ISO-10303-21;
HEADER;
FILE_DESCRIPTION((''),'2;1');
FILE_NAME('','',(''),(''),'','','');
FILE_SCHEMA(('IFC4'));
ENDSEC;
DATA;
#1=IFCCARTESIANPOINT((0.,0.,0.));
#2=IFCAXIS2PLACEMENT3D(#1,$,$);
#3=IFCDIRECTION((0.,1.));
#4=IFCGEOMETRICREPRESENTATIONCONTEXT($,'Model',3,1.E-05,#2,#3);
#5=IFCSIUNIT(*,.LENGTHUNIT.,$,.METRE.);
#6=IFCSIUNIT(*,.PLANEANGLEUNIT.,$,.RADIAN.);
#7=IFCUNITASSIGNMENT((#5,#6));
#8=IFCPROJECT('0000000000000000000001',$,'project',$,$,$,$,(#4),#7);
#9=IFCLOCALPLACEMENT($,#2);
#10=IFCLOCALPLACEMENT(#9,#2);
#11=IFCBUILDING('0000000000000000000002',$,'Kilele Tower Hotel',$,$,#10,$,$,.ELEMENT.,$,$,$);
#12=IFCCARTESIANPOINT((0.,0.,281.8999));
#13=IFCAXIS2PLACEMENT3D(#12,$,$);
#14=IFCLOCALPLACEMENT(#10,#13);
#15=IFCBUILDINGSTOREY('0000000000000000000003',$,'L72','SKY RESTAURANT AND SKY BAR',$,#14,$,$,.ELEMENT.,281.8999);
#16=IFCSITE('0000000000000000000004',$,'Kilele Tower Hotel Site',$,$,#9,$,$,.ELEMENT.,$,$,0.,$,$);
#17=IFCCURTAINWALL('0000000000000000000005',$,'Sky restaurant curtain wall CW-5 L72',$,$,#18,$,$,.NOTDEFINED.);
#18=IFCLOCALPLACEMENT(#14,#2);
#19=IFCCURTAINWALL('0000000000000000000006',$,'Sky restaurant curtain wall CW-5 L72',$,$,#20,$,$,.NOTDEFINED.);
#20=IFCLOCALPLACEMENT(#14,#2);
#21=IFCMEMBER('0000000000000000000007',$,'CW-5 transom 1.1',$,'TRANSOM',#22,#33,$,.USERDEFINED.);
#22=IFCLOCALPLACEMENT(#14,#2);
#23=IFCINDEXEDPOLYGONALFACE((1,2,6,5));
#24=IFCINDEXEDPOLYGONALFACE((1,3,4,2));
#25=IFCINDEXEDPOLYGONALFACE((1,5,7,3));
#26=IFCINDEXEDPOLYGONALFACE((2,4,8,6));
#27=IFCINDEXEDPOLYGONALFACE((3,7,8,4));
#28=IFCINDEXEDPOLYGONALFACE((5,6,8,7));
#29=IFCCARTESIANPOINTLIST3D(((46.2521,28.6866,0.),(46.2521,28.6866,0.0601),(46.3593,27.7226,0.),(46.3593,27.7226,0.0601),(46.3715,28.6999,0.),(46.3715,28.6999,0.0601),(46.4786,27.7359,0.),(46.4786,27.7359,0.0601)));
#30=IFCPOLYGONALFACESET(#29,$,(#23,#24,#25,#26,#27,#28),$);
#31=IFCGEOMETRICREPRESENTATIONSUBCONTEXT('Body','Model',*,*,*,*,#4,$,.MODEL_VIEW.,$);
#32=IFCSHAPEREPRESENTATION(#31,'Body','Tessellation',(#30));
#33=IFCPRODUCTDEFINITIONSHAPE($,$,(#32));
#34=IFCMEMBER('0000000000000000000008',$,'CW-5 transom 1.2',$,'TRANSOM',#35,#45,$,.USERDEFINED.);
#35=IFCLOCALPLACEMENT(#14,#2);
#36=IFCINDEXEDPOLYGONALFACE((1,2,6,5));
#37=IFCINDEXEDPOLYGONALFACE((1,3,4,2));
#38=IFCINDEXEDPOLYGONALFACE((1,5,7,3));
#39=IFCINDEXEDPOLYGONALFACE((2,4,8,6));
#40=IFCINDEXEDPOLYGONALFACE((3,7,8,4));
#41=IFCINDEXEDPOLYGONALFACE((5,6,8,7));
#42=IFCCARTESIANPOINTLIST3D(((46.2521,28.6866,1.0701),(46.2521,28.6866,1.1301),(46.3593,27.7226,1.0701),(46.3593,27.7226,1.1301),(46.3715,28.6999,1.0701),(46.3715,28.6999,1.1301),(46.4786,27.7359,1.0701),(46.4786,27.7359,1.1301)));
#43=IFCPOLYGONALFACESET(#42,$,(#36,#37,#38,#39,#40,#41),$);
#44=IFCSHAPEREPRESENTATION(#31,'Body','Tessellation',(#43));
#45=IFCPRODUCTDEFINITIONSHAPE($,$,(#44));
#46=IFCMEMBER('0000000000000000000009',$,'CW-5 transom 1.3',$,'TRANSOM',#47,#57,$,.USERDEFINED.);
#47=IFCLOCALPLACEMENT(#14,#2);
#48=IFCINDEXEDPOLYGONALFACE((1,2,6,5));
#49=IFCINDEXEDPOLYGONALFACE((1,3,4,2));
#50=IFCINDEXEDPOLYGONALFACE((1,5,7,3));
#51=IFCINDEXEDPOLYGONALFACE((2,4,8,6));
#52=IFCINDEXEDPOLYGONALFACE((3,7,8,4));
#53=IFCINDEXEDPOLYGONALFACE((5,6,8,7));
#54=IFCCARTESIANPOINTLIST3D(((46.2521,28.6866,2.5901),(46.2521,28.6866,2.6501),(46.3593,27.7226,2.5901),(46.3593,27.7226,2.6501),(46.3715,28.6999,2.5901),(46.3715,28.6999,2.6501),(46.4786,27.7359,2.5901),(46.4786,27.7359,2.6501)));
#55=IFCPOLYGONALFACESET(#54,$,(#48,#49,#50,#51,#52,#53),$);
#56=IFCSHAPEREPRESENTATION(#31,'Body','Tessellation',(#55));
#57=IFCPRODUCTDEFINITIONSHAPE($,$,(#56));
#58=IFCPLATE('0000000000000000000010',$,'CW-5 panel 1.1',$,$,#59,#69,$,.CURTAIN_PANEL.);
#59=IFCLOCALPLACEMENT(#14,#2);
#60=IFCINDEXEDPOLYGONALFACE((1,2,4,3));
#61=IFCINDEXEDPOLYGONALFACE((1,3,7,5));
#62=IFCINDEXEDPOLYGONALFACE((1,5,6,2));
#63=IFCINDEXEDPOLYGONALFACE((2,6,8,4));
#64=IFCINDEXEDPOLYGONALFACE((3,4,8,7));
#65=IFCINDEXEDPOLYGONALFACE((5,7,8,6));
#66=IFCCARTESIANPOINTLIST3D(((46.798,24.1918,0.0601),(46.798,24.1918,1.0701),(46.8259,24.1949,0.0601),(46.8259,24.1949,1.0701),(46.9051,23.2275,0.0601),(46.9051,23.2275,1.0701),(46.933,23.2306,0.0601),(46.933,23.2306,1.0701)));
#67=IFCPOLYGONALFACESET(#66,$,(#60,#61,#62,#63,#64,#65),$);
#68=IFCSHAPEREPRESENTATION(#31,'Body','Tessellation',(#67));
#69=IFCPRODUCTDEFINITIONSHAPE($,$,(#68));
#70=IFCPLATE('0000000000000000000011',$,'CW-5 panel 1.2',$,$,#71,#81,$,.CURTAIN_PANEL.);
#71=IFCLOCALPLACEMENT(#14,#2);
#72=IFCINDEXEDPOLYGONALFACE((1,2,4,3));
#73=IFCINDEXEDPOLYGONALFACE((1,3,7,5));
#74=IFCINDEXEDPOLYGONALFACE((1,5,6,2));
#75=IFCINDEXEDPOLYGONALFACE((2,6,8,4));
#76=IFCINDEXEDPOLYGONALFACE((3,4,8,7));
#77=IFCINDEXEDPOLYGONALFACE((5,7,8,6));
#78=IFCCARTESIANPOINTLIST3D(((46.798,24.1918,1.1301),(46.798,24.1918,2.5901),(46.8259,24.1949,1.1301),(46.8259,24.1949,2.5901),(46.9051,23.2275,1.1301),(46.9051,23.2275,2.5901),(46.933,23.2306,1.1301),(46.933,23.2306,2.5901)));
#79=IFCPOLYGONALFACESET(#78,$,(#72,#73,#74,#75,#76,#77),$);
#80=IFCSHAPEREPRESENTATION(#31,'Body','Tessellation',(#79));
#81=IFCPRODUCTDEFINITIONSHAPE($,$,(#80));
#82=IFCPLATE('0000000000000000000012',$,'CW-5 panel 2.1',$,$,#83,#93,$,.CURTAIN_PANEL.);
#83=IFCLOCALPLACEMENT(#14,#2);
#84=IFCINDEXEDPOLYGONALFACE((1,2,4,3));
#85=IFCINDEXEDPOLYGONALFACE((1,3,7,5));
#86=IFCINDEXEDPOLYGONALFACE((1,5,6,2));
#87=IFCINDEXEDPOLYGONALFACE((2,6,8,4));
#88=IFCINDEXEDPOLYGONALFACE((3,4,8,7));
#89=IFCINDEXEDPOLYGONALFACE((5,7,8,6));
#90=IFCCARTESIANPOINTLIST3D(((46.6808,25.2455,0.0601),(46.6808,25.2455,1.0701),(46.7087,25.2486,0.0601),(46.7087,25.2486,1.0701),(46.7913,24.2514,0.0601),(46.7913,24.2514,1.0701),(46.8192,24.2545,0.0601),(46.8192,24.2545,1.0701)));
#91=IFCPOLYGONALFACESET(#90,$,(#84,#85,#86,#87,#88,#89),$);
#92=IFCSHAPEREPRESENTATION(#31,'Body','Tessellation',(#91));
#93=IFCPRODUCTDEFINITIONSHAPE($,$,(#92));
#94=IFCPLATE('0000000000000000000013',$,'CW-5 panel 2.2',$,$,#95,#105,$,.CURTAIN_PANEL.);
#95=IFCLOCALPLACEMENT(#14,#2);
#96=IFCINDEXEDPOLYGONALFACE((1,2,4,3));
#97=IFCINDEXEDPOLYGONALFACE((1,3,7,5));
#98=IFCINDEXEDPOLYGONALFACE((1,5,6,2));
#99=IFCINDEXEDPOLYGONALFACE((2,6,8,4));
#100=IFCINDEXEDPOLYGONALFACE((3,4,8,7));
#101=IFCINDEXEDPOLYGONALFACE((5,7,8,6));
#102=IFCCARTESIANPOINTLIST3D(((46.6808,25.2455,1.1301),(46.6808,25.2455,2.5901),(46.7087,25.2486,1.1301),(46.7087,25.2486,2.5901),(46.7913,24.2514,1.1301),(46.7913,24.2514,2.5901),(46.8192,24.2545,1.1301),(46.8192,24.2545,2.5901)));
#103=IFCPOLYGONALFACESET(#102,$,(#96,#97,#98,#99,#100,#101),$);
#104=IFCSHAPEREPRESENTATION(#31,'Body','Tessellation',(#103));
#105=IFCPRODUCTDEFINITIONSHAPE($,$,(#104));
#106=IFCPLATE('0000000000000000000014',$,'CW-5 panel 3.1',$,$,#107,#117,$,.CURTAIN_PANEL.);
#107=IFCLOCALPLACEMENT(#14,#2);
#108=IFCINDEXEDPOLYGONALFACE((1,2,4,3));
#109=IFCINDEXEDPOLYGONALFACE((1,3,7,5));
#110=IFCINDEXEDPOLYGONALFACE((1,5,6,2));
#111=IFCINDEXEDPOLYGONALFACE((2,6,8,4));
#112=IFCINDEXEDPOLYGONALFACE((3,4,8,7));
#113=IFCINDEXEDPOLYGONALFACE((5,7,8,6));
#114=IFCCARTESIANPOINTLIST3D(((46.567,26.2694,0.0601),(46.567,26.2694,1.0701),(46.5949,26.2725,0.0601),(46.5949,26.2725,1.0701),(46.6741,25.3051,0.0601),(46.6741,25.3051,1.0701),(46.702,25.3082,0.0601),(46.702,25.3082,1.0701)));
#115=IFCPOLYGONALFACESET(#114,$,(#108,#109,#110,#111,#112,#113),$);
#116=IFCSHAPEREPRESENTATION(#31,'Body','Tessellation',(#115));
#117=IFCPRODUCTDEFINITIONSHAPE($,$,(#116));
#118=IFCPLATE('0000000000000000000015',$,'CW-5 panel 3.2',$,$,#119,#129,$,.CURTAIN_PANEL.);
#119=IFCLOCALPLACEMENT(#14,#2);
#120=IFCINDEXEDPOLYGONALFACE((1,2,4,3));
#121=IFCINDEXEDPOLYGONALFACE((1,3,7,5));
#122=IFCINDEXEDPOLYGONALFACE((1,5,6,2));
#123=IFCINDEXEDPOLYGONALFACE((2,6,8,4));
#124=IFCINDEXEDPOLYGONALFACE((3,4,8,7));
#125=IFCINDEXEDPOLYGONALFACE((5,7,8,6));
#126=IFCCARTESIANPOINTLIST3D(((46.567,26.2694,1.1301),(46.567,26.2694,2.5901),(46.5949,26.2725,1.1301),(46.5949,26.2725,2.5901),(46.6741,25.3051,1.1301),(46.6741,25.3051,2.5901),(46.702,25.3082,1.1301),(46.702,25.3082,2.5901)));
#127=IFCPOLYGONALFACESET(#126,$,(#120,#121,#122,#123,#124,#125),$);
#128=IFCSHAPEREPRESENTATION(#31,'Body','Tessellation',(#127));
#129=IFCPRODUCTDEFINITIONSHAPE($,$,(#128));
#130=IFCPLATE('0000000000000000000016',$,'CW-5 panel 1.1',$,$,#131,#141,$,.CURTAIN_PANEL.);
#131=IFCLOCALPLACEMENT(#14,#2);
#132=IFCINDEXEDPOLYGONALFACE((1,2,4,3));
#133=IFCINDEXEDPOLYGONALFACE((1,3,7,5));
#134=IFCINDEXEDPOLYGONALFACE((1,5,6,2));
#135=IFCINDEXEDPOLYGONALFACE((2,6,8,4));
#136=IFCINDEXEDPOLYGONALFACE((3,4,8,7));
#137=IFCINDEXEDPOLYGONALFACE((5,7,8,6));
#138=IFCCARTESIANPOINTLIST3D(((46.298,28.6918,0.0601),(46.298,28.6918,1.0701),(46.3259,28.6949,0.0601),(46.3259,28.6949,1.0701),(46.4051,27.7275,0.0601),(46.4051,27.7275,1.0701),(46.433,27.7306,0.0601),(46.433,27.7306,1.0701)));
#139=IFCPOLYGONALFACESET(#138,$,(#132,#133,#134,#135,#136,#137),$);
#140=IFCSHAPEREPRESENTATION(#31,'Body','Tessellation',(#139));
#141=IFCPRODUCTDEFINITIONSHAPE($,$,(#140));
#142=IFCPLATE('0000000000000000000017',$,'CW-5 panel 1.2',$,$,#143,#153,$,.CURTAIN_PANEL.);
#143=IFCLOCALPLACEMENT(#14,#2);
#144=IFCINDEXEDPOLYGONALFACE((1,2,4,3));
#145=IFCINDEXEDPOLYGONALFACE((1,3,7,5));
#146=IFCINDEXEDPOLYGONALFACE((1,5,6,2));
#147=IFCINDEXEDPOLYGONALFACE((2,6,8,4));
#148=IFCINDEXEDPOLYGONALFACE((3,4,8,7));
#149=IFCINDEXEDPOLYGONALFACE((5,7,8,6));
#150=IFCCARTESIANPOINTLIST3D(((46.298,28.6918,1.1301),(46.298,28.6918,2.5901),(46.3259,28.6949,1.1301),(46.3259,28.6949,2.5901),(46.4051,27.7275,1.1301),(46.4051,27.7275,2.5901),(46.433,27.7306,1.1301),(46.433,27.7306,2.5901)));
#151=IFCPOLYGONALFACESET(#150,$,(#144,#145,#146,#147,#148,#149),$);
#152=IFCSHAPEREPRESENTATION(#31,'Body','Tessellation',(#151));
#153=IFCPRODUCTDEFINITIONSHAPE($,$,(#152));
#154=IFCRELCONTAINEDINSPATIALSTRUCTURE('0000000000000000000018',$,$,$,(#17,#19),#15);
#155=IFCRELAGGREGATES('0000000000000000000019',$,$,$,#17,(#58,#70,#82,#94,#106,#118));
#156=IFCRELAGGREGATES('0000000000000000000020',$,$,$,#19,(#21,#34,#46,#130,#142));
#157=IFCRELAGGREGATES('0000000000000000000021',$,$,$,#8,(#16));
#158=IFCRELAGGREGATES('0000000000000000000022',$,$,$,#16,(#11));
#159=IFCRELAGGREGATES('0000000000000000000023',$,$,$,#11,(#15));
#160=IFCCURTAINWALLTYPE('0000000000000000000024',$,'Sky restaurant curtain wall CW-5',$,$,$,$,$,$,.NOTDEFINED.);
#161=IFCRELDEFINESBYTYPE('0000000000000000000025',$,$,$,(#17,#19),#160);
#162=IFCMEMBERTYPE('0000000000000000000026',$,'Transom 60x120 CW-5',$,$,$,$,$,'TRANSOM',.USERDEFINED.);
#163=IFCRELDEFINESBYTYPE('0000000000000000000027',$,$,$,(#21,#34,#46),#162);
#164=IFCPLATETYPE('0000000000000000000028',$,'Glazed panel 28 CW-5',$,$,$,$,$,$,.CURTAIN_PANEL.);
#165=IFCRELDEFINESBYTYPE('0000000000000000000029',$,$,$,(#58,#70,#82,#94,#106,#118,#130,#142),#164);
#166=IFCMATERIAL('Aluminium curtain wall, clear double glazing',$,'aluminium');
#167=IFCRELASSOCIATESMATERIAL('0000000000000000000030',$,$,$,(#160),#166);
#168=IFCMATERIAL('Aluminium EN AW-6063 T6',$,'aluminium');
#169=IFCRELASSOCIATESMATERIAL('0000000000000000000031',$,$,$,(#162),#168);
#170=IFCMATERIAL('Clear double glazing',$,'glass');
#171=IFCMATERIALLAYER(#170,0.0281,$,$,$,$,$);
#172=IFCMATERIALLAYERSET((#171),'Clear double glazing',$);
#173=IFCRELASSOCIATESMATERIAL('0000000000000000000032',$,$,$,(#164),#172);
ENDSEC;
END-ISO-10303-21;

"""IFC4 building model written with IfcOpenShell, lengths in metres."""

from ifc_helpers import new_model, si_unit, direction, frame, origin, origin_2d, place, context, subcontext, project, spatial, rectangle, extrude, material, layer, layer_set, material_profile, profile_set, type_object, element, aggregate, save


model = new_model("IFC4")

# Units and contexts
model_context = context("Model", 3, precision=1e-05, world=origin(), true_north=direction((0.0, 1.0)))
body_context = subcontext(model_context, "Body", "Model", "MODEL_VIEW")
ifc_project = project(units=[si_unit("LENGTHUNIT", "METRE"), si_unit("PLANEANGLEUNIT", "RADIAN")], contexts=[model_context])

# Site, building, storey
site_placement = place(None, origin())
site = spatial("IfcSite", under=ifc_project, at=site_placement, Name="Kilele Tower Hotel Site", CompositionType="ELEMENT", RefElevation=0.0)
building_placement = place(site_placement, origin())
building = spatial("IfcBuilding", under=site, at=building_placement, Name="Kilele Tower Hotel", CompositionType="ELEMENT")
storey_placement = place(building_placement, frame((0.0, 0.0, 281.8999)))
storey = spatial("IfcBuildingStorey", under=building, at=storey_placement, Name="L72", Description="SKY RESTAURANT AND SKY BAR", CompositionType="ELEMENT", Elevation=281.8999)

# Curtain walls
ifc_material_1 = material(Name="Aluminium curtain wall, clear double glazing", Category="aluminium")
curtain_wall_type = type_object("IfcCurtainWallType", Name="Sky restaurant curtain wall CW-5", PredefinedType="NOTDEFINED", material=ifc_material_1)
curtain_wall_1_placement = place(storey_placement, origin())
curtain_wall_1 = element("IfcCurtainWall", 1, at=curtain_wall_1_placement, inside=storey, type_object=curtain_wall_type, Name="Sky restaurant curtain wall CW-5 L72", PredefinedType="NOTDEFINED")
curtain_wall_2_placement = place(storey_placement, origin())
curtain_wall_2 = element("IfcCurtainWall", 2, at=curtain_wall_2_placement, inside=storey, type_object=curtain_wall_type, Name="Sky restaurant curtain wall CW-5 L72", PredefinedType="NOTDEFINED")

# Members
ifc_material_2 = material(Name="Aluminium EN AW-6063 T6", Category="aluminium")
ifc_material_profile_1 = material_profile(ifc_material_2, rectangle(XDim=0.1201, YDim=0.0601, at=origin_2d()))
ifc_profile_set_1 = profile_set([ifc_material_profile_1], Name="Aluminium EN AW-6063 T6")
member_type_1 = type_object("IfcMemberType", Name="Transom 60x120 CW-5", ElementType="TRANSOM", PredefinedType="USERDEFINED", material=ifc_profile_set_1)
member_1_placement = place(storey_placement, frame((46.4189, 27.7292, 0.03), z_axis=(-0.110487, 0.993878, 0.0), x_axis=(-0.993878, -0.110487, 0.0)))
member_1 = element("IfcMember", 3, at=member_1_placement, type_object=member_type_1, Name="CW-5 transom 1.1", ObjectType="TRANSOM", PredefinedType="USERDEFINED", context=body_context, shape_type="SweptSolid", body=[
    extrude(rectangle(XDim=0.1201, YDim=0.0601, at=origin_2d()), origin(), (0.0, 0.0, 1.0), 0.97),
])
member_2_placement = place(storey_placement, frame((46.4189, 27.7292, 1.1001), z_axis=(-0.110487, 0.993878, 0.0), x_axis=(-0.993878, -0.110487, 0.0)))
member_2 = element("IfcMember", 4, at=member_2_placement, type_object=member_type_1, Name="CW-5 transom 1.2", ObjectType="TRANSOM", PredefinedType="USERDEFINED", context=body_context, shape_type="SweptSolid", body=[
    extrude(rectangle(XDim=0.1201, YDim=0.0601, at=origin_2d()), origin(), (0.0, 0.0, 1.0), 0.97),
])
member_3_placement = place(storey_placement, frame((46.4189, 27.7292, 2.6201), z_axis=(-0.110487, 0.993878, 0.0), x_axis=(-0.993878, -0.110487, 0.0)))
member_3 = element("IfcMember", 5, at=member_3_placement, type_object=member_type_1, Name="CW-5 transom 1.3", ObjectType="TRANSOM", PredefinedType="USERDEFINED", context=body_context, shape_type="SweptSolid", body=[
    extrude(rectangle(XDim=0.1201, YDim=0.0601, at=origin_2d()), origin(), (0.0, 0.0, 1.0), 0.97),
])

# Plates
ifc_material_3 = material(Name="Clear double glazing", Category="glass")
ifc_layer = layer(ifc_material_3, 0.0281)
ifc_layer_set = layer_set([ifc_layer], Name="Clear double glazing")
plate_type = type_object("IfcPlateType", Name="Glazed panel 28 CW-5", PredefinedType="CURTAIN_PANEL", material=ifc_layer_set)
plate_1_placement = place(storey_placement, frame((46.8655, 23.7112, 0.0601), z_axis=(0.0, 0.0, 1.0), x_axis=(-0.110432, 0.993884, 0.0)))
plate_1 = element("IfcPlate", 6, at=plate_1_placement, type_object=plate_type, Name="CW-5 panel 1.1", PredefinedType="CURTAIN_PANEL", context=body_context, shape_type="SweptSolid", body=[
    extrude(rectangle(XDim=0.9702, YDim=0.0281, at=origin_2d()), origin(), (0.0, 0.0, 1.0), 1.01),
])
plate_2_placement = place(storey_placement, frame((46.8655, 23.7112, 1.1301), z_axis=(0.0, 0.0, 1.0), x_axis=(-0.110432, 0.993884, 0.0)))
plate_2 = element("IfcPlate", 7, at=plate_2_placement, type_object=plate_type, Name="CW-5 panel 1.2", PredefinedType="CURTAIN_PANEL", context=body_context, shape_type="SweptSolid", body=[
    extrude(rectangle(XDim=0.9702, YDim=0.0281, at=origin_2d()), origin(), (0.0, 0.0, 1.0), 1.46),
])
plate_3_placement = place(storey_placement, frame((46.75, 24.75, 0.0601), z_axis=(0.0, 0.0, 1.0), x_axis=(-0.110432, 0.993884, 0.0)))
plate_3 = element("IfcPlate", 8, at=plate_3_placement, type_object=plate_type, Name="CW-5 panel 2.1", PredefinedType="CURTAIN_PANEL", context=body_context, shape_type="SweptSolid", body=[
    extrude(rectangle(XDim=1.0002, YDim=0.0281, at=origin_2d()), origin(), (0.0, 0.0, 1.0), 1.01),
])
plate_4_placement = place(storey_placement, frame((46.75, 24.75, 1.1301), z_axis=(0.0, 0.0, 1.0), x_axis=(-0.110432, 0.993884, 0.0)))
plate_4 = element("IfcPlate", 9, at=plate_4_placement, type_object=plate_type, Name="CW-5 panel 2.2", PredefinedType="CURTAIN_PANEL", context=body_context, shape_type="SweptSolid", body=[
    extrude(rectangle(XDim=1.0002, YDim=0.0281, at=origin_2d()), origin(), (0.0, 0.0, 1.0), 1.46),
])
plate_5_placement = place(storey_placement, frame((46.6345, 25.7888, 0.0601), z_axis=(0.0, 0.0, 1.0), x_axis=(-0.110432, 0.993884, 0.0)))
plate_5 = element("IfcPlate", 10, at=plate_5_placement, type_object=plate_type, Name="CW-5 panel 3.1", PredefinedType="CURTAIN_PANEL", context=body_context, shape_type="SweptSolid", body=[
    extrude(rectangle(XDim=0.9702, YDim=0.0281, at=origin_2d()), origin(), (0.0, 0.0, 1.0), 1.01),
])
plate_6_placement = place(storey_placement, frame((46.6345, 25.7888, 1.1301), z_axis=(0.0, 0.0, 1.0), x_axis=(-0.110432, 0.993884, 0.0)))
plate_6 = element("IfcPlate", 11, at=plate_6_placement, type_object=plate_type, Name="CW-5 panel 3.2", PredefinedType="CURTAIN_PANEL", context=body_context, shape_type="SweptSolid", body=[
    extrude(rectangle(XDim=0.9702, YDim=0.0281, at=origin_2d()), origin(), (0.0, 0.0, 1.0), 1.46),
])
aggregate(curtain_wall_1, [plate_1, plate_2, plate_3, plate_4, plate_5, plate_6])
plate_7_placement = place(storey_placement, frame((46.3655, 28.2112, 0.0601), z_axis=(0.0, 0.0, 1.0), x_axis=(-0.110432, 0.993884, 0.0)))
plate_7 = element("IfcPlate", 12, at=plate_7_placement, type_object=plate_type, Name="CW-5 panel 1.1", PredefinedType="CURTAIN_PANEL", context=body_context, shape_type="SweptSolid", body=[
    extrude(rectangle(XDim=0.9702, YDim=0.0281, at=origin_2d()), origin(), (0.0, 0.0, 1.0), 1.01),
])
plate_8_placement = place(storey_placement, frame((46.3655, 28.2112, 1.1301), z_axis=(0.0, 0.0, 1.0), x_axis=(-0.110432, 0.993884, 0.0)))
plate_8 = element("IfcPlate", 13, at=plate_8_placement, type_object=plate_type, Name="CW-5 panel 1.2", PredefinedType="CURTAIN_PANEL", context=body_context, shape_type="SweptSolid", body=[
    extrude(rectangle(XDim=0.9702, YDim=0.0281, at=origin_2d()), origin(), (0.0, 0.0, 1.0), 1.46),
])
aggregate(curtain_wall_2, [member_1, member_2, member_3, plate_7, plate_8])

save(model, "model.ifc")
